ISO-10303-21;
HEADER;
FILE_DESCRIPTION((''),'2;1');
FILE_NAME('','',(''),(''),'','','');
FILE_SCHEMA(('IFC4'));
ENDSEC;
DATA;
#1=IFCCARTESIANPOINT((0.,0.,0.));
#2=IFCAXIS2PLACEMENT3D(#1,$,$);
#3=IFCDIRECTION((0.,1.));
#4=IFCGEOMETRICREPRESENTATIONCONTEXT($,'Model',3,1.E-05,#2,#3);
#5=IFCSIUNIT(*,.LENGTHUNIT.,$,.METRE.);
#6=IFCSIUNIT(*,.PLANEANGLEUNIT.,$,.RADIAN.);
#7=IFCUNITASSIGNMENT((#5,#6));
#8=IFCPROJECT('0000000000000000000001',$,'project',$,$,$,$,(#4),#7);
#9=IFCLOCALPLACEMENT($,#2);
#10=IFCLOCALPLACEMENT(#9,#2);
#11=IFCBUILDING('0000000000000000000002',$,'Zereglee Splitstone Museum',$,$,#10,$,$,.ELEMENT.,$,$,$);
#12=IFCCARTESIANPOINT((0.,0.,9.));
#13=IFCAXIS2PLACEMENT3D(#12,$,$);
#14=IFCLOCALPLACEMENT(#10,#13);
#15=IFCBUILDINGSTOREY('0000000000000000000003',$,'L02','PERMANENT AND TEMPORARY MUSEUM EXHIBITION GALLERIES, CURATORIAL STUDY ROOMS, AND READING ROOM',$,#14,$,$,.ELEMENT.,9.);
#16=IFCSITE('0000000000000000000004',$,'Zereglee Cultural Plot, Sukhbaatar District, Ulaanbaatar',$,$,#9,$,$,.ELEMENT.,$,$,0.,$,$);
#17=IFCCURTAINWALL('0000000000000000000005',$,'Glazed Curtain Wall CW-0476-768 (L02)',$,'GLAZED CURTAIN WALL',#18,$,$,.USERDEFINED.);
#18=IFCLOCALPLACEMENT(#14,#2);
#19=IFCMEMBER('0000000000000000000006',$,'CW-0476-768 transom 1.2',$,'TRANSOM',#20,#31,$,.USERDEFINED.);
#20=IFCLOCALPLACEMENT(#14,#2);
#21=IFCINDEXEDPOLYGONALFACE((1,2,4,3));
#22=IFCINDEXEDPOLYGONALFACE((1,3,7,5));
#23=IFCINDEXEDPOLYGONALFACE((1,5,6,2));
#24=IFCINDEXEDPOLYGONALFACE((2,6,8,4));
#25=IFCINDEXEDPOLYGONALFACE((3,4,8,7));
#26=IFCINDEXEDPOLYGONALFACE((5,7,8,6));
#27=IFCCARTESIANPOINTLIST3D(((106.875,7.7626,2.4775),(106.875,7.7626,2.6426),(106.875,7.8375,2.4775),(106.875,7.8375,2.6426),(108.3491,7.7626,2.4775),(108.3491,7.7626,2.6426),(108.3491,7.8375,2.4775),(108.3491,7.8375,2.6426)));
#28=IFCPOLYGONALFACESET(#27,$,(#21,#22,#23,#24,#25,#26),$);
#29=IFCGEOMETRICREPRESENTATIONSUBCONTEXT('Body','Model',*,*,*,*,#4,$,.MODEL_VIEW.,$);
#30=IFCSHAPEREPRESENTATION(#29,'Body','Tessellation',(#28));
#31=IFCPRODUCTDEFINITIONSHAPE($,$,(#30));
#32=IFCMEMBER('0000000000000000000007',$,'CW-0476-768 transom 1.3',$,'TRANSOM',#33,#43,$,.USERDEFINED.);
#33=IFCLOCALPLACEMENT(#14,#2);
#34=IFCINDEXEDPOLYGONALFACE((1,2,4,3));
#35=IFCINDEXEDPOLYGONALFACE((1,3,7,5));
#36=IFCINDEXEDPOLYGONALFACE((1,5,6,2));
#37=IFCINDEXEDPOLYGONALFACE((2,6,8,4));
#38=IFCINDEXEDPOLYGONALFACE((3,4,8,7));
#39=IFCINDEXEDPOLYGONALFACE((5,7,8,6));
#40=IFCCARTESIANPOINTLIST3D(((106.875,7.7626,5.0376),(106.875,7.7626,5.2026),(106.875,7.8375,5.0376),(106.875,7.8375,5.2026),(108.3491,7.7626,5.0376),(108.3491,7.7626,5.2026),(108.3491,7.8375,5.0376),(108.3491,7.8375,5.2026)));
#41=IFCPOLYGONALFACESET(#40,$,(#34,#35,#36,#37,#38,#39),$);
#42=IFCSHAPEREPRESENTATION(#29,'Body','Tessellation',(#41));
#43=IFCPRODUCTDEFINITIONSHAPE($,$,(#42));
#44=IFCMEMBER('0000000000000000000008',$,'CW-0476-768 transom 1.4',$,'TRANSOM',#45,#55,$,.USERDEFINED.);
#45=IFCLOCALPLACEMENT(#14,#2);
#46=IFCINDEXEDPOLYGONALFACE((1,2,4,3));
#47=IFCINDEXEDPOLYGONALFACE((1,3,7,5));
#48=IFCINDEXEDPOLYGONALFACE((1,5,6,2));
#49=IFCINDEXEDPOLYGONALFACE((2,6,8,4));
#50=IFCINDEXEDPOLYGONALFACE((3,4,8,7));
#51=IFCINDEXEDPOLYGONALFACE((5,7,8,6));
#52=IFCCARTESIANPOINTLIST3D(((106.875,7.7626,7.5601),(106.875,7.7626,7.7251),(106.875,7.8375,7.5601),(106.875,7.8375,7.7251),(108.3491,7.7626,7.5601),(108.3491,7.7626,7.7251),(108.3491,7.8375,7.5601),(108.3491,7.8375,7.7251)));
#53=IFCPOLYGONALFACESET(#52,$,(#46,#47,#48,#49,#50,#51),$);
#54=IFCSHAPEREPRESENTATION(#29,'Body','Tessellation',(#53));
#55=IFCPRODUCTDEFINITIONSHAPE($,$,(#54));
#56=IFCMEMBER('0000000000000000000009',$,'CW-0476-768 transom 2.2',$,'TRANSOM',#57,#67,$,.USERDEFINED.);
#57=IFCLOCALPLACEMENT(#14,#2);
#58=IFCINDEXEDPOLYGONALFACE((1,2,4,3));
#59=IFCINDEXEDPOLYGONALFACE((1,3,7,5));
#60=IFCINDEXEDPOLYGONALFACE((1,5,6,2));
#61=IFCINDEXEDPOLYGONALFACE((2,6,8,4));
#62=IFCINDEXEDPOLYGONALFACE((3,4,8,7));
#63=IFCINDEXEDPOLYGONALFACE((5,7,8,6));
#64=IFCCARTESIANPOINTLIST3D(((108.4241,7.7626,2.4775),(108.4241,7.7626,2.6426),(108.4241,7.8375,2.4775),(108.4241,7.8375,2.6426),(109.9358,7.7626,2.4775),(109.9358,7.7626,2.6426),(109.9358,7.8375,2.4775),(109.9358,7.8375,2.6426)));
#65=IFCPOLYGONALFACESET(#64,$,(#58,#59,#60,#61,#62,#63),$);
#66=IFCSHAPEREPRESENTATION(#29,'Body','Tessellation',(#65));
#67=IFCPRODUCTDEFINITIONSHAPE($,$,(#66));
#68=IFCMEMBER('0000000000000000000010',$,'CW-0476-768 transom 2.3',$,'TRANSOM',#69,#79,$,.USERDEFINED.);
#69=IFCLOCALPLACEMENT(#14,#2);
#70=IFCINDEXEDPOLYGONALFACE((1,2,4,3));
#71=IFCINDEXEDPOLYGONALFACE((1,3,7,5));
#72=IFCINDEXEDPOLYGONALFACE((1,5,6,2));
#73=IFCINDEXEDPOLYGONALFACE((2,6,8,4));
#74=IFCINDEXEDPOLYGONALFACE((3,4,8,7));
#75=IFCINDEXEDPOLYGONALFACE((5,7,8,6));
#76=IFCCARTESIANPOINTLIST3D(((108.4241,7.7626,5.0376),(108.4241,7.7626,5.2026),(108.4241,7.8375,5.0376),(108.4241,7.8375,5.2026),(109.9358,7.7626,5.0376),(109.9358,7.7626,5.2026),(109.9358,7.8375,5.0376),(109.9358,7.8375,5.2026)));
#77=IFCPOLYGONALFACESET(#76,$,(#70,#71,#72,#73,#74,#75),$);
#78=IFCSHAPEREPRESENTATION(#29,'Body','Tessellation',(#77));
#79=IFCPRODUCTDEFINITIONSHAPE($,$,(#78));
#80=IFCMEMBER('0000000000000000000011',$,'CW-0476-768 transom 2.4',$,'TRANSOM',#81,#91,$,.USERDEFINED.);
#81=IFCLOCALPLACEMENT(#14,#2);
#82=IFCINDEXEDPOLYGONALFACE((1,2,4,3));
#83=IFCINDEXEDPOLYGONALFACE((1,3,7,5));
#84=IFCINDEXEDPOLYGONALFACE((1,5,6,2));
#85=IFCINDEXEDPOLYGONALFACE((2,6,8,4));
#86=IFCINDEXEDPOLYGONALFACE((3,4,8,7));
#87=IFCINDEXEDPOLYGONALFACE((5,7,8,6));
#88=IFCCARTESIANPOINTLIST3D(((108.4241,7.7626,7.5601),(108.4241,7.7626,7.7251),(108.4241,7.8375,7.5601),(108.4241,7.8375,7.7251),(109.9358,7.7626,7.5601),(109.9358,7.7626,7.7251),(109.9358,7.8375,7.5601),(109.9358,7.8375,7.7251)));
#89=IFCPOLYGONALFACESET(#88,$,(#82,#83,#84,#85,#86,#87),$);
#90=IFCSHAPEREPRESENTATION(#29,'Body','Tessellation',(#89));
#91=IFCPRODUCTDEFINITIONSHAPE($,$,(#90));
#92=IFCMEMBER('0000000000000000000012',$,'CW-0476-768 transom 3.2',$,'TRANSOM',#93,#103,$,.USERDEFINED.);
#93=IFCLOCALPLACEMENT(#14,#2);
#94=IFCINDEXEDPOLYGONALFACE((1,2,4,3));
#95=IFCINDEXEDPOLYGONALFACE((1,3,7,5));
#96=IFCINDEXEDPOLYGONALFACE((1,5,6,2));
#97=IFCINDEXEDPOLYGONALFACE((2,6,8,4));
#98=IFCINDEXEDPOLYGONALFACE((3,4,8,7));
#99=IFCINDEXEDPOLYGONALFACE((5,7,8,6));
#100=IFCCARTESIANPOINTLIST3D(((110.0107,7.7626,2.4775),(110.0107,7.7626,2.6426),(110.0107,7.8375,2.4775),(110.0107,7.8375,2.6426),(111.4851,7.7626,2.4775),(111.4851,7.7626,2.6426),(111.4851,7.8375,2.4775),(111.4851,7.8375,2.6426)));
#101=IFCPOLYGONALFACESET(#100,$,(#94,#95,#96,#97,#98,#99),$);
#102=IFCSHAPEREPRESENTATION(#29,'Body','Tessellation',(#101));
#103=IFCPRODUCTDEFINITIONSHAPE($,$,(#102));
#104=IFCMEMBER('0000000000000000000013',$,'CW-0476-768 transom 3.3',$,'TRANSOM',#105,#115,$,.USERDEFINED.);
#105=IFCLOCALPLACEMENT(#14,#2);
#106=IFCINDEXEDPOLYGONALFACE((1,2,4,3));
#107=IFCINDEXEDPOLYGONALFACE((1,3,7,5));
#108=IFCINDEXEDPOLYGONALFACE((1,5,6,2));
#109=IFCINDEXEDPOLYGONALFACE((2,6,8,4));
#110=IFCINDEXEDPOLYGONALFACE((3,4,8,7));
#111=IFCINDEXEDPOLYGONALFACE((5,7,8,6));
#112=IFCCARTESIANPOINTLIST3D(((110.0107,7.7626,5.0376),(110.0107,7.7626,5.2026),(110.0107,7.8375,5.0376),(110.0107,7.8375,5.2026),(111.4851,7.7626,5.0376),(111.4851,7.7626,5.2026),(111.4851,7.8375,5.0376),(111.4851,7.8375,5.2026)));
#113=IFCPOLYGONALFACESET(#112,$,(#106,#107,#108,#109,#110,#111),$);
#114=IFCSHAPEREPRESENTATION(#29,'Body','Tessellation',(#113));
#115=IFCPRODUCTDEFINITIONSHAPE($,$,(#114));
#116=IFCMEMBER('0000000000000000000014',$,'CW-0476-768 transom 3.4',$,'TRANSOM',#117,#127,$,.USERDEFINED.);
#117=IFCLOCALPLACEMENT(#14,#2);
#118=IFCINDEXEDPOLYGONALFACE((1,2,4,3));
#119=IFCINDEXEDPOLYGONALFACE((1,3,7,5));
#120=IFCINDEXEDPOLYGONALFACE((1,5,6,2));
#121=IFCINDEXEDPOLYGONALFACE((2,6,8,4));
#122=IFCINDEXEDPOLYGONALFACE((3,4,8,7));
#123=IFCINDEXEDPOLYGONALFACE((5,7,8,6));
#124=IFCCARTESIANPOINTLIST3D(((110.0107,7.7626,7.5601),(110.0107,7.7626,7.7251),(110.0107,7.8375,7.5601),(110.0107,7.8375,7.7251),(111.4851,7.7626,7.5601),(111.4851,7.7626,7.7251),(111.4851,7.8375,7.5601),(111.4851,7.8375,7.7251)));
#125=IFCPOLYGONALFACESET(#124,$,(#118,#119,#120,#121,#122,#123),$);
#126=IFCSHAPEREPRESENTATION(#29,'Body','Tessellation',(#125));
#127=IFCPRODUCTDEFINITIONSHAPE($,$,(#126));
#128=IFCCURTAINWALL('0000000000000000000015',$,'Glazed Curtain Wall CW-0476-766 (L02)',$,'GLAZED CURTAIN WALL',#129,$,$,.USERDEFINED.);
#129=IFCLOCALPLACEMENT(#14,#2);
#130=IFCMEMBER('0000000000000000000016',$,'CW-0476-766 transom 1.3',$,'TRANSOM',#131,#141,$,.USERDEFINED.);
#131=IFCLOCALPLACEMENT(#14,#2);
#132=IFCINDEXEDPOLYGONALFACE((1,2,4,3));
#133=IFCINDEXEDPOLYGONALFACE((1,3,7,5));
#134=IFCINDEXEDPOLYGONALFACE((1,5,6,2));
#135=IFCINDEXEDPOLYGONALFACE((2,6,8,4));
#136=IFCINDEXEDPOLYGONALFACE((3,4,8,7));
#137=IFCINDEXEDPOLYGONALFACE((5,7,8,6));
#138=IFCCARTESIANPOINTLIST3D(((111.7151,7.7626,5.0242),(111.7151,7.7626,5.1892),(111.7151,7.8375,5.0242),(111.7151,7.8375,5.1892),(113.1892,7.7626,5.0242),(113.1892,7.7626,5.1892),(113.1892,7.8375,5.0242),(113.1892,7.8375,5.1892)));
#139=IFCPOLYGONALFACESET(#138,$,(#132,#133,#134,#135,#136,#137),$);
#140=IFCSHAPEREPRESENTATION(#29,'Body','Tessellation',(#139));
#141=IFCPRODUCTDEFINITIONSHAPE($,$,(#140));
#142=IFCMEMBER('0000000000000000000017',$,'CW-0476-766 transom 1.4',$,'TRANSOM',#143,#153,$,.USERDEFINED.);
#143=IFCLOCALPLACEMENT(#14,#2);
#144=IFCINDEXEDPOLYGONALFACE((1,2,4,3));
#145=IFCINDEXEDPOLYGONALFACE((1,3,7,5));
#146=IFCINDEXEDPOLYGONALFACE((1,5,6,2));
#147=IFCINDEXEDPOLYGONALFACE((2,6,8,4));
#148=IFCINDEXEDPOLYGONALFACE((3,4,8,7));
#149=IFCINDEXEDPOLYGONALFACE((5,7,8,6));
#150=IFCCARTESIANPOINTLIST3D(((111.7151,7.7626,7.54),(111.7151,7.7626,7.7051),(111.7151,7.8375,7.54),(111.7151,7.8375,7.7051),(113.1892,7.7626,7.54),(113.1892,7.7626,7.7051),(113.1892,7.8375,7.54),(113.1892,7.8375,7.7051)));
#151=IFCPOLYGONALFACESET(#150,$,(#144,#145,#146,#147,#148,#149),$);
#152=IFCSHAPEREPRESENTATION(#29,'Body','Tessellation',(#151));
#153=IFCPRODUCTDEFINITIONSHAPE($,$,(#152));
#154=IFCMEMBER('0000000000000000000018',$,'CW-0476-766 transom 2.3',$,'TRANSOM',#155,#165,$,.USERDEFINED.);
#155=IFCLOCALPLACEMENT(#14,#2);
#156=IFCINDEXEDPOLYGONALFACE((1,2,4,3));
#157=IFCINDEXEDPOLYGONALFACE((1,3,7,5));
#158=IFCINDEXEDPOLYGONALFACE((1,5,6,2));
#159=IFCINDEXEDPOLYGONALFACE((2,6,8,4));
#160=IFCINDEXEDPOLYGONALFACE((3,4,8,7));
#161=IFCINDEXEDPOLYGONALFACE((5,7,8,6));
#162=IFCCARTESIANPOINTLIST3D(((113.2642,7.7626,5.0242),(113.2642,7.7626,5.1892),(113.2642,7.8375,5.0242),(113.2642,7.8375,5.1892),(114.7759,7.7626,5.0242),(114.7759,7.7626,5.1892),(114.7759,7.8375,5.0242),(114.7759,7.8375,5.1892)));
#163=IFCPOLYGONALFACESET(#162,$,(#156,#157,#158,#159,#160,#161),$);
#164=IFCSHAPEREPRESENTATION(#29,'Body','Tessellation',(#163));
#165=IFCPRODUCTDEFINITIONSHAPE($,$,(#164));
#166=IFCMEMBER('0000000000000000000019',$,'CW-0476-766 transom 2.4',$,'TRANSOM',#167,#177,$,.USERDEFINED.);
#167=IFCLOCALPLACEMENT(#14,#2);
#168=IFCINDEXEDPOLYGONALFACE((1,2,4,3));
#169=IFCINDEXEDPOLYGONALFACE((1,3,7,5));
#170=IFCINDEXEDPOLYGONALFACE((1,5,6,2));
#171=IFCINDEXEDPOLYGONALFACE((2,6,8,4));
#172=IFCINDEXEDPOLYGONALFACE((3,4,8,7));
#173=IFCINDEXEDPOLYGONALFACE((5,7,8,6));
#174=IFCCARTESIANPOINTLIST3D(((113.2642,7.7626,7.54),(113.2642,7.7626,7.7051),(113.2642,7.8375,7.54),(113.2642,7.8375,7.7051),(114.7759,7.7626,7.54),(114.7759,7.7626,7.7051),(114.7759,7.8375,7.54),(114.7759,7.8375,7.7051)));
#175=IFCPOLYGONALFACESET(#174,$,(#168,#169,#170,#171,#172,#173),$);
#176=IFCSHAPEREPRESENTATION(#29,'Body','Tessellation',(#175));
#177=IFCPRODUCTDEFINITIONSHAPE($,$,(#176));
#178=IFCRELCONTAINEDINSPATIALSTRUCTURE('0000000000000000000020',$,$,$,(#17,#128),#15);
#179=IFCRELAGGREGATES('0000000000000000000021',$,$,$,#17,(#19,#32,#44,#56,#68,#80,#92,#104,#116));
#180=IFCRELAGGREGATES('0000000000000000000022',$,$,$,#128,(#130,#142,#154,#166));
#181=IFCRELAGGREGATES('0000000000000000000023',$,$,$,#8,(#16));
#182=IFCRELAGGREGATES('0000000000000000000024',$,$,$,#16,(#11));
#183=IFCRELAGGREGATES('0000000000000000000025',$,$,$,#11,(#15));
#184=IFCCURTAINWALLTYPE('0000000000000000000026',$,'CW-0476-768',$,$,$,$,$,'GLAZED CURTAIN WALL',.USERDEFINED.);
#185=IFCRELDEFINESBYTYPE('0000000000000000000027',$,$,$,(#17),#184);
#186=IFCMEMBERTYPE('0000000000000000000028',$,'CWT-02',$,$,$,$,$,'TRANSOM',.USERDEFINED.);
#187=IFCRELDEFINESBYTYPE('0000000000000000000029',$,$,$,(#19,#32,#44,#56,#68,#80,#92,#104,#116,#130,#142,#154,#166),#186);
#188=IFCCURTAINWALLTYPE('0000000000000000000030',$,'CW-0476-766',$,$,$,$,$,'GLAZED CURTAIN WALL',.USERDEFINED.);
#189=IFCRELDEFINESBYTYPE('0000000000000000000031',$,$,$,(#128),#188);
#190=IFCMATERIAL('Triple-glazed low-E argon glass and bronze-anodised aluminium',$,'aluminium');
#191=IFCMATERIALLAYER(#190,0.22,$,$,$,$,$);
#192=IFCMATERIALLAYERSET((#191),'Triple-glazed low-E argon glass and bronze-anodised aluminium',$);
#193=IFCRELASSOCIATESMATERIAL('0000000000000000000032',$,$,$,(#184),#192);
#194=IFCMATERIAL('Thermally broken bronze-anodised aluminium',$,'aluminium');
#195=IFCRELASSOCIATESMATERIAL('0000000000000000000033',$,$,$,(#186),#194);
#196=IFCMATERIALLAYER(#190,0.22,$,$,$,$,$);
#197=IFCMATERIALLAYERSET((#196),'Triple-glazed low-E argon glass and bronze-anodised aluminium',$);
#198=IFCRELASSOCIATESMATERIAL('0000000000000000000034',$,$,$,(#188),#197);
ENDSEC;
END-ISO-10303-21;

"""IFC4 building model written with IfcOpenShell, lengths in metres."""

from ifc_helpers import new_model, si_unit, direction, frame, origin, origin_2d, place, context, subcontext, project, spatial, rectangle, extrude, material, layer, layer_set, material_profile, profile_set, type_object, element, aggregate, save


model = new_model("IFC4")

# Units and contexts
model_context = context("Model", 3, precision=1e-05, world=origin(), true_north=direction((0.0, 1.0)))
body_context = subcontext(model_context, "Body", "Model", "MODEL_VIEW")
ifc_project = project(units=[si_unit("LENGTHUNIT", "METRE"), si_unit("PLANEANGLEUNIT", "RADIAN")], contexts=[model_context])

# Site, building, storey
site_placement = place(None, origin())
site = spatial("IfcSite", under=ifc_project, at=site_placement, Name="Zereglee Cultural Plot, Sukhbaatar District, Ulaanbaatar", CompositionType="ELEMENT", RefElevation=0.0)
building_placement = place(site_placement, origin())
building = spatial("IfcBuilding", under=site, at=building_placement, Name="Zereglee Splitstone Museum", CompositionType="ELEMENT")
storey_placement = place(building_placement, frame((0.0, 0.0, 9.0)))
storey = spatial("IfcBuildingStorey", under=building, at=storey_placement, Name="L02", Description="PERMANENT AND TEMPORARY MUSEUM EXHIBITION GALLERIES, CURATORIAL STUDY ROOMS, AND READING ROOM", CompositionType="ELEMENT", Elevation=9.0)

# Curtain walls, members
ifc_material_1 = material(Name="Triple-glazed low-E argon glass and bronze-anodised aluminium", Category="aluminium")
ifc_layer_1 = layer(ifc_material_1, 0.22)
ifc_layer_set_1 = layer_set([ifc_layer_1], Name="Triple-glazed low-E argon glass and bronze-anodised aluminium")
curtain_wall_type_1 = type_object("IfcCurtainWallType", Name="CW-0476-768", ElementType="GLAZED CURTAIN WALL", PredefinedType="USERDEFINED", material=ifc_layer_set_1)
curtain_wall_1_placement = place(storey_placement, origin())
curtain_wall_1 = element("IfcCurtainWall", 1, at=curtain_wall_1_placement, inside=storey, type_object=curtain_wall_type_1, Name="Glazed Curtain Wall CW-0476-768 (L02)", ObjectType="GLAZED CURTAIN WALL", PredefinedType="USERDEFINED")
ifc_material_2 = material(Name="Thermally broken bronze-anodised aluminium", Category="aluminium")
ifc_material_profile_1 = material_profile(ifc_material_2, rectangle(XDim=0.075, YDim=0.165, at=origin_2d()), Name="CW TRAN 75x165")
ifc_profile_set_1 = profile_set([ifc_material_profile_1], Name="Thermally broken bronze-anodised aluminium")
member_type_1 = type_object("IfcMemberType", Name="CWT-02", ElementType="TRANSOM", PredefinedType="USERDEFINED", material=ifc_profile_set_1)
member_1_placement = place(storey_placement, frame((106.875, 7.8, 2.5601), z_axis=(1.0, 0.0, 0.0), x_axis=(0.0, 1.0, 0.0)))
member_1 = element("IfcMember", 2, at=member_1_placement, type_object=member_type_1, Name="CW-0476-768 transom 1.2", ObjectType="TRANSOM", PredefinedType="USERDEFINED", context=body_context, shape_type="SweptSolid", body=[
    extrude(rectangle(XDim=0.075, YDim=0.165, at=origin_2d()), origin(), (0.0, 0.0, 1.0), 1.4741),
])
member_2_placement = place(storey_placement, frame((106.875, 7.8, 5.1201), z_axis=(1.0, 0.0, 0.0), x_axis=(0.0, 1.0, 0.0)))
member_2 = element("IfcMember", 3, at=member_2_placement, type_object=member_type_1, Name="CW-0476-768 transom 1.3", ObjectType="TRANSOM", PredefinedType="USERDEFINED", context=body_context, shape_type="SweptSolid", body=[
    extrude(rectangle(XDim=0.075, YDim=0.165, at=origin_2d()), origin(), (0.0, 0.0, 1.0), 1.4741),
])
member_3_placement = place(storey_placement, frame((106.875, 7.8, 7.6426), z_axis=(1.0, 0.0, 0.0), x_axis=(0.0, 1.0, 0.0)))
member_3 = element("IfcMember", 4, at=member_3_placement, type_object=member_type_1, Name="CW-0476-768 transom 1.4", ObjectType="TRANSOM", PredefinedType="USERDEFINED", context=body_context, shape_type="SweptSolid", body=[
    extrude(rectangle(XDim=0.075, YDim=0.165, at=origin_2d()), origin(), (0.0, 0.0, 1.0), 1.4741),
])
member_4_placement = place(storey_placement, frame((108.4241, 7.8, 2.5601), z_axis=(1.0, 0.0, 0.0), x_axis=(0.0, 1.0, 0.0)))
member_4 = element("IfcMember", 5, at=member_4_placement, type_object=member_type_1, Name="CW-0476-768 transom 2.2", ObjectType="TRANSOM", PredefinedType="USERDEFINED", context=body_context, shape_type="SweptSolid", body=[
    extrude(rectangle(XDim=0.075, YDim=0.165, at=origin_2d()), origin(), (0.0, 0.0, 1.0), 1.5117),
])
member_5_placement = place(storey_placement, frame((108.4241, 7.8, 5.1201), z_axis=(1.0, 0.0, 0.0), x_axis=(0.0, 1.0, 0.0)))
member_5 = element("IfcMember", 6, at=member_5_placement, type_object=member_type_1, Name="CW-0476-768 transom 2.3", ObjectType="TRANSOM", PredefinedType="USERDEFINED", context=body_context, shape_type="SweptSolid", body=[
    extrude(rectangle(XDim=0.075, YDim=0.165, at=origin_2d()), origin(), (0.0, 0.0, 1.0), 1.5117),
])
member_6_placement = place(storey_placement, frame((108.4241, 7.8, 7.6426), z_axis=(1.0, 0.0, 0.0), x_axis=(0.0, 1.0, 0.0)))
member_6 = element("IfcMember", 7, at=member_6_placement, type_object=member_type_1, Name="CW-0476-768 transom 2.4", ObjectType="TRANSOM", PredefinedType="USERDEFINED", context=body_context, shape_type="SweptSolid", body=[
    extrude(rectangle(XDim=0.075, YDim=0.165, at=origin_2d()), origin(), (0.0, 0.0, 1.0), 1.5117),
])
member_7_placement = place(storey_placement, frame((110.0107, 7.8, 2.5601), z_axis=(1.0, 0.0, 0.0), x_axis=(0.0, 1.0, 0.0)))
member_7 = element("IfcMember", 8, at=member_7_placement, type_object=member_type_1, Name="CW-0476-768 transom 3.2", ObjectType="TRANSOM", PredefinedType="USERDEFINED", context=body_context, shape_type="SweptSolid", body=[
    extrude(rectangle(XDim=0.075, YDim=0.165, at=origin_2d()), origin(), (0.0, 0.0, 1.0), 1.4744),
])
member_8_placement = place(storey_placement, frame((110.0107, 7.8, 5.1201), z_axis=(1.0, 0.0, 0.0), x_axis=(0.0, 1.0, 0.0)))
member_8 = element("IfcMember", 9, at=member_8_placement, type_object=member_type_1, Name="CW-0476-768 transom 3.3", ObjectType="TRANSOM", PredefinedType="USERDEFINED", context=body_context, shape_type="SweptSolid", body=[
    extrude(rectangle(XDim=0.075, YDim=0.165, at=origin_2d()), origin(), (0.0, 0.0, 1.0), 1.4744),
])
member_9_placement = place(storey_placement, frame((110.0107, 7.8, 7.6426), z_axis=(1.0, 0.0, 0.0), x_axis=(0.0, 1.0, 0.0)))
member_9 = element("IfcMember", 10, at=member_9_placement, type_object=member_type_1, Name="CW-0476-768 transom 3.4", ObjectType="TRANSOM", PredefinedType="USERDEFINED", context=body_context, shape_type="SweptSolid", body=[
    extrude(rectangle(XDim=0.075, YDim=0.165, at=origin_2d()), origin(), (0.0, 0.0, 1.0), 1.4744),
])
ifc_layer_2 = layer(ifc_material_1, 0.22)
ifc_layer_set_2 = layer_set([ifc_layer_2], Name="Triple-glazed low-E argon glass and bronze-anodised aluminium")
curtain_wall_type_2 = type_object("IfcCurtainWallType", Name="CW-0476-766", ElementType="GLAZED CURTAIN WALL", PredefinedType="USERDEFINED", material=ifc_layer_set_2)
curtain_wall_2_placement = place(storey_placement, origin())
curtain_wall_2 = element("IfcCurtainWall", 11, at=curtain_wall_2_placement, inside=storey, type_object=curtain_wall_type_2, Name="Glazed Curtain Wall CW-0476-766 (L02)", ObjectType="GLAZED CURTAIN WALL", PredefinedType="USERDEFINED")
member_10_placement = place(storey_placement, frame((111.7151, 7.8, 5.1067), z_axis=(1.0, 0.0, 0.0), x_axis=(0.0, 1.0, 0.0)))
member_10 = element("IfcMember", 12, at=member_10_placement, type_object=member_type_1, Name="CW-0476-766 transom 1.3", ObjectType="TRANSOM", PredefinedType="USERDEFINED", context=body_context, shape_type="SweptSolid", body=[
    extrude(rectangle(XDim=0.075, YDim=0.165, at=origin_2d()), origin(), (0.0, 0.0, 1.0), 1.4741),
])
member_11_placement = place(storey_placement, frame((111.7151, 7.8, 7.6226), z_axis=(1.0, 0.0, 0.0), x_axis=(0.0, 1.0, 0.0)))
member_11 = element("IfcMember", 13, at=member_11_placement, type_object=member_type_1, Name="CW-0476-766 transom 1.4", ObjectType="TRANSOM", PredefinedType="USERDEFINED", context=body_context, shape_type="SweptSolid", body=[
    extrude(rectangle(XDim=0.075, YDim=0.165, at=origin_2d()), origin(), (0.0, 0.0, 1.0), 1.4741),
])
member_12_placement = place(storey_placement, frame((113.2642, 7.8, 5.1067), z_axis=(1.0, 0.0, 0.0), x_axis=(0.0, 1.0, 0.0)))
member_12 = element("IfcMember", 14, at=member_12_placement, type_object=member_type_1, Name="CW-0476-766 transom 2.3", ObjectType="TRANSOM", PredefinedType="USERDEFINED", context=body_context, shape_type="SweptSolid", body=[
    extrude(rectangle(XDim=0.075, YDim=0.165, at=origin_2d()), origin(), (0.0, 0.0, 1.0), 1.5117),
])
member_13_placement = place(storey_placement, frame((113.2642, 7.8, 7.6226), z_axis=(1.0, 0.0, 0.0), x_axis=(0.0, 1.0, 0.0)))
member_13 = element("IfcMember", 15, at=member_13_placement, type_object=member_type_1, Name="CW-0476-766 transom 2.4", ObjectType="TRANSOM", PredefinedType="USERDEFINED", context=body_context, shape_type="SweptSolid", body=[
    extrude(rectangle(XDim=0.075, YDim=0.165, at=origin_2d()), origin(), (0.0, 0.0, 1.0), 1.5117),
])

aggregate(curtain_wall_1, [member_1, member_2, member_3, member_4, member_5, member_6, member_7, member_8, member_9])
aggregate(curtain_wall_2, [member_10, member_11, member_12, member_13])

save(model, "model.ifc")
